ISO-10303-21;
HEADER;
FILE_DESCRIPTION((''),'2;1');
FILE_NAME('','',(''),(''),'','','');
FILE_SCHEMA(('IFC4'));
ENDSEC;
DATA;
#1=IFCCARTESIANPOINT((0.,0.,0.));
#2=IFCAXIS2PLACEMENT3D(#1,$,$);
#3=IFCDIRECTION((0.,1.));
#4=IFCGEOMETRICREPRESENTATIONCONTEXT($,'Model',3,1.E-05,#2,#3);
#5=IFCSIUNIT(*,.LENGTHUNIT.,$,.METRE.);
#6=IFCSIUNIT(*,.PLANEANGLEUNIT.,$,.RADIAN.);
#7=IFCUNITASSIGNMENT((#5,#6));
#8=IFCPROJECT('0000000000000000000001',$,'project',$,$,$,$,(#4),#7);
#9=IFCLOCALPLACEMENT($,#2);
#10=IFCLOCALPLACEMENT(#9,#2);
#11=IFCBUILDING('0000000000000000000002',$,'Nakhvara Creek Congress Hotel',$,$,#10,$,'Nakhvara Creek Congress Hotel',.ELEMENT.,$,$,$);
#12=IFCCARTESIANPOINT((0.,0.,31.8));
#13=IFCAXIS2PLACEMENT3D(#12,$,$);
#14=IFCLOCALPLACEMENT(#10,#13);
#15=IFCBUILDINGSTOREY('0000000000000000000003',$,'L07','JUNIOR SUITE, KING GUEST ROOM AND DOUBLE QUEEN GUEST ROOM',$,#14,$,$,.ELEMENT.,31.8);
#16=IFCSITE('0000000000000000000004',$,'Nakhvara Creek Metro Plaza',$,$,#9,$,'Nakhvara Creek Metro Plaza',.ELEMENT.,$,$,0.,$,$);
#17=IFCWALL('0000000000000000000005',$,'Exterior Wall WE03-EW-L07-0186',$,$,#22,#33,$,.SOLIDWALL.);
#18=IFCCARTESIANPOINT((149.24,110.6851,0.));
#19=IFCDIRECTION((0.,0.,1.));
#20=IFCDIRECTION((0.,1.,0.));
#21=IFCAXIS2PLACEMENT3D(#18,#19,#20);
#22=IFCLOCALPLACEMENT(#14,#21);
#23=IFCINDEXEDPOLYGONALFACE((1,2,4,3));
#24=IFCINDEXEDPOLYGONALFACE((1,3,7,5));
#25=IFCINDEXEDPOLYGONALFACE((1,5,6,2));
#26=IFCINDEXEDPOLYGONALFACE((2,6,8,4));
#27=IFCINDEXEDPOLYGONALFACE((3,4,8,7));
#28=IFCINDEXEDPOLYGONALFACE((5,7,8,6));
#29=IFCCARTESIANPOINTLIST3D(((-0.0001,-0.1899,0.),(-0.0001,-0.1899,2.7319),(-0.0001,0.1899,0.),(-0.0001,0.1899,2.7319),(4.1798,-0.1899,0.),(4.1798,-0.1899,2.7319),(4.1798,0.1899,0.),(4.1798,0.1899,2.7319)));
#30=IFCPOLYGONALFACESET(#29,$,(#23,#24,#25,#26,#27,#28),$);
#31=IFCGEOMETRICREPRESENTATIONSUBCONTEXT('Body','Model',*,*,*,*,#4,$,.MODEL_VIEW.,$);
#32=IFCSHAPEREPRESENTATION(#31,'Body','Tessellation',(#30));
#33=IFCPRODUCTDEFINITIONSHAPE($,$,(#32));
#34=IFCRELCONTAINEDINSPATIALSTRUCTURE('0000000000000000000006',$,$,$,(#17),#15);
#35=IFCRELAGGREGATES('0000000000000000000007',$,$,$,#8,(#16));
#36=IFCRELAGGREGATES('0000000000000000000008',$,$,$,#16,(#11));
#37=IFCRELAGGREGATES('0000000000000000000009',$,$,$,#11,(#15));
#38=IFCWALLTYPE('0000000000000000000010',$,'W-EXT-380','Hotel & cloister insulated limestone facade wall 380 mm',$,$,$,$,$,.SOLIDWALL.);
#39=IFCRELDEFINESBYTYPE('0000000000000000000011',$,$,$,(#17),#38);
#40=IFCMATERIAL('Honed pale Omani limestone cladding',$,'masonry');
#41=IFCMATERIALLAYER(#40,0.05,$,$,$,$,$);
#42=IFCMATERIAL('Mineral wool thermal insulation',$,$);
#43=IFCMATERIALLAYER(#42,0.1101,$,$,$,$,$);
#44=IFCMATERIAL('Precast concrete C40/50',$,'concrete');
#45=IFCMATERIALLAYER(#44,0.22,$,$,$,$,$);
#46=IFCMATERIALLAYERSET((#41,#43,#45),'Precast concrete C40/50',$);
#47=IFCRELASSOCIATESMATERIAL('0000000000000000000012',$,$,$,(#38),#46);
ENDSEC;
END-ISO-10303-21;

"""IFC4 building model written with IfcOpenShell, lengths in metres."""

from ifc_helpers import new_model, si_unit, direction, frame, frame_2d, origin, place, context, subcontext, project, spatial, rectangle, extrude, material, layer, layer_set, type_object, element, save


model = new_model("IFC4")

# Units and contexts
model_context = context("Model", 3, precision=1e-05, world=origin(), true_north=direction((0.0, 1.0)))
body_context = subcontext(model_context, "Body", "Model", "MODEL_VIEW")
ifc_project = project(units=[si_unit("LENGTHUNIT", "METRE"), si_unit("PLANEANGLEUNIT", "RADIAN")], contexts=[model_context])

# Site, building, storey
site_placement = place(None, origin())
site = spatial("IfcSite", under=ifc_project, at=site_placement, Name="Nakhvara Creek Metro Plaza", LongName="Nakhvara Creek Metro Plaza", CompositionType="ELEMENT", RefElevation=0.0)
building_placement = place(site_placement, origin())
building = spatial("IfcBuilding", under=site, at=building_placement, Name="Nakhvara Creek Congress Hotel", LongName="Nakhvara Creek Congress Hotel", CompositionType="ELEMENT")
storey_placement = place(building_placement, frame((0.0, 0.0, 31.8)))
storey = spatial("IfcBuildingStorey", under=building, at=storey_placement, Name="L07", Description="JUNIOR SUITE, KING GUEST ROOM AND DOUBLE QUEEN GUEST ROOM", CompositionType="ELEMENT", Elevation=31.8)

# Wall
ifc_material_1 = material(Name="Honed pale Omani limestone cladding", Category="masonry")
ifc_layer_1 = layer(ifc_material_1, 0.05)
ifc_material_2 = material(Name="Mineral wool thermal insulation")
ifc_layer_2 = layer(ifc_material_2, 0.1101)
ifc_material_3 = material(Name="Precast concrete C40/50", Category="concrete")
ifc_layer_3 = layer(ifc_material_3, 0.22)
ifc_layer_set_1 = layer_set([ifc_layer_1, ifc_layer_2, ifc_layer_3], Name="Precast concrete C40/50")
wall_type_1 = type_object("IfcWallType", Name="W-EXT-380", Description="Hotel & cloister insulated limestone facade wall 380 mm", PredefinedType="SOLIDWALL", material=ifc_layer_set_1)
wall_1_placement = place(storey_placement, frame((149.24, 110.6851, 0.0), z_axis=(0.0, 0.0, 1.0), x_axis=(0.0, 1.0, 0.0)))
element("IfcWall", 1, at=wall_1_placement, inside=storey, type_object=wall_type_1, Name="Exterior Wall WE03-EW-L07-0186", PredefinedType="SOLIDWALL", context=body_context, shape_type="SweptSolid", body=[
    extrude(rectangle(XDim=4.1799, YDim=0.3799, at=frame_2d((2.0898, 0.0))), origin(), (0.0, 0.0, 1.0), 2.7319),
])

save(model, "model.ifc")
